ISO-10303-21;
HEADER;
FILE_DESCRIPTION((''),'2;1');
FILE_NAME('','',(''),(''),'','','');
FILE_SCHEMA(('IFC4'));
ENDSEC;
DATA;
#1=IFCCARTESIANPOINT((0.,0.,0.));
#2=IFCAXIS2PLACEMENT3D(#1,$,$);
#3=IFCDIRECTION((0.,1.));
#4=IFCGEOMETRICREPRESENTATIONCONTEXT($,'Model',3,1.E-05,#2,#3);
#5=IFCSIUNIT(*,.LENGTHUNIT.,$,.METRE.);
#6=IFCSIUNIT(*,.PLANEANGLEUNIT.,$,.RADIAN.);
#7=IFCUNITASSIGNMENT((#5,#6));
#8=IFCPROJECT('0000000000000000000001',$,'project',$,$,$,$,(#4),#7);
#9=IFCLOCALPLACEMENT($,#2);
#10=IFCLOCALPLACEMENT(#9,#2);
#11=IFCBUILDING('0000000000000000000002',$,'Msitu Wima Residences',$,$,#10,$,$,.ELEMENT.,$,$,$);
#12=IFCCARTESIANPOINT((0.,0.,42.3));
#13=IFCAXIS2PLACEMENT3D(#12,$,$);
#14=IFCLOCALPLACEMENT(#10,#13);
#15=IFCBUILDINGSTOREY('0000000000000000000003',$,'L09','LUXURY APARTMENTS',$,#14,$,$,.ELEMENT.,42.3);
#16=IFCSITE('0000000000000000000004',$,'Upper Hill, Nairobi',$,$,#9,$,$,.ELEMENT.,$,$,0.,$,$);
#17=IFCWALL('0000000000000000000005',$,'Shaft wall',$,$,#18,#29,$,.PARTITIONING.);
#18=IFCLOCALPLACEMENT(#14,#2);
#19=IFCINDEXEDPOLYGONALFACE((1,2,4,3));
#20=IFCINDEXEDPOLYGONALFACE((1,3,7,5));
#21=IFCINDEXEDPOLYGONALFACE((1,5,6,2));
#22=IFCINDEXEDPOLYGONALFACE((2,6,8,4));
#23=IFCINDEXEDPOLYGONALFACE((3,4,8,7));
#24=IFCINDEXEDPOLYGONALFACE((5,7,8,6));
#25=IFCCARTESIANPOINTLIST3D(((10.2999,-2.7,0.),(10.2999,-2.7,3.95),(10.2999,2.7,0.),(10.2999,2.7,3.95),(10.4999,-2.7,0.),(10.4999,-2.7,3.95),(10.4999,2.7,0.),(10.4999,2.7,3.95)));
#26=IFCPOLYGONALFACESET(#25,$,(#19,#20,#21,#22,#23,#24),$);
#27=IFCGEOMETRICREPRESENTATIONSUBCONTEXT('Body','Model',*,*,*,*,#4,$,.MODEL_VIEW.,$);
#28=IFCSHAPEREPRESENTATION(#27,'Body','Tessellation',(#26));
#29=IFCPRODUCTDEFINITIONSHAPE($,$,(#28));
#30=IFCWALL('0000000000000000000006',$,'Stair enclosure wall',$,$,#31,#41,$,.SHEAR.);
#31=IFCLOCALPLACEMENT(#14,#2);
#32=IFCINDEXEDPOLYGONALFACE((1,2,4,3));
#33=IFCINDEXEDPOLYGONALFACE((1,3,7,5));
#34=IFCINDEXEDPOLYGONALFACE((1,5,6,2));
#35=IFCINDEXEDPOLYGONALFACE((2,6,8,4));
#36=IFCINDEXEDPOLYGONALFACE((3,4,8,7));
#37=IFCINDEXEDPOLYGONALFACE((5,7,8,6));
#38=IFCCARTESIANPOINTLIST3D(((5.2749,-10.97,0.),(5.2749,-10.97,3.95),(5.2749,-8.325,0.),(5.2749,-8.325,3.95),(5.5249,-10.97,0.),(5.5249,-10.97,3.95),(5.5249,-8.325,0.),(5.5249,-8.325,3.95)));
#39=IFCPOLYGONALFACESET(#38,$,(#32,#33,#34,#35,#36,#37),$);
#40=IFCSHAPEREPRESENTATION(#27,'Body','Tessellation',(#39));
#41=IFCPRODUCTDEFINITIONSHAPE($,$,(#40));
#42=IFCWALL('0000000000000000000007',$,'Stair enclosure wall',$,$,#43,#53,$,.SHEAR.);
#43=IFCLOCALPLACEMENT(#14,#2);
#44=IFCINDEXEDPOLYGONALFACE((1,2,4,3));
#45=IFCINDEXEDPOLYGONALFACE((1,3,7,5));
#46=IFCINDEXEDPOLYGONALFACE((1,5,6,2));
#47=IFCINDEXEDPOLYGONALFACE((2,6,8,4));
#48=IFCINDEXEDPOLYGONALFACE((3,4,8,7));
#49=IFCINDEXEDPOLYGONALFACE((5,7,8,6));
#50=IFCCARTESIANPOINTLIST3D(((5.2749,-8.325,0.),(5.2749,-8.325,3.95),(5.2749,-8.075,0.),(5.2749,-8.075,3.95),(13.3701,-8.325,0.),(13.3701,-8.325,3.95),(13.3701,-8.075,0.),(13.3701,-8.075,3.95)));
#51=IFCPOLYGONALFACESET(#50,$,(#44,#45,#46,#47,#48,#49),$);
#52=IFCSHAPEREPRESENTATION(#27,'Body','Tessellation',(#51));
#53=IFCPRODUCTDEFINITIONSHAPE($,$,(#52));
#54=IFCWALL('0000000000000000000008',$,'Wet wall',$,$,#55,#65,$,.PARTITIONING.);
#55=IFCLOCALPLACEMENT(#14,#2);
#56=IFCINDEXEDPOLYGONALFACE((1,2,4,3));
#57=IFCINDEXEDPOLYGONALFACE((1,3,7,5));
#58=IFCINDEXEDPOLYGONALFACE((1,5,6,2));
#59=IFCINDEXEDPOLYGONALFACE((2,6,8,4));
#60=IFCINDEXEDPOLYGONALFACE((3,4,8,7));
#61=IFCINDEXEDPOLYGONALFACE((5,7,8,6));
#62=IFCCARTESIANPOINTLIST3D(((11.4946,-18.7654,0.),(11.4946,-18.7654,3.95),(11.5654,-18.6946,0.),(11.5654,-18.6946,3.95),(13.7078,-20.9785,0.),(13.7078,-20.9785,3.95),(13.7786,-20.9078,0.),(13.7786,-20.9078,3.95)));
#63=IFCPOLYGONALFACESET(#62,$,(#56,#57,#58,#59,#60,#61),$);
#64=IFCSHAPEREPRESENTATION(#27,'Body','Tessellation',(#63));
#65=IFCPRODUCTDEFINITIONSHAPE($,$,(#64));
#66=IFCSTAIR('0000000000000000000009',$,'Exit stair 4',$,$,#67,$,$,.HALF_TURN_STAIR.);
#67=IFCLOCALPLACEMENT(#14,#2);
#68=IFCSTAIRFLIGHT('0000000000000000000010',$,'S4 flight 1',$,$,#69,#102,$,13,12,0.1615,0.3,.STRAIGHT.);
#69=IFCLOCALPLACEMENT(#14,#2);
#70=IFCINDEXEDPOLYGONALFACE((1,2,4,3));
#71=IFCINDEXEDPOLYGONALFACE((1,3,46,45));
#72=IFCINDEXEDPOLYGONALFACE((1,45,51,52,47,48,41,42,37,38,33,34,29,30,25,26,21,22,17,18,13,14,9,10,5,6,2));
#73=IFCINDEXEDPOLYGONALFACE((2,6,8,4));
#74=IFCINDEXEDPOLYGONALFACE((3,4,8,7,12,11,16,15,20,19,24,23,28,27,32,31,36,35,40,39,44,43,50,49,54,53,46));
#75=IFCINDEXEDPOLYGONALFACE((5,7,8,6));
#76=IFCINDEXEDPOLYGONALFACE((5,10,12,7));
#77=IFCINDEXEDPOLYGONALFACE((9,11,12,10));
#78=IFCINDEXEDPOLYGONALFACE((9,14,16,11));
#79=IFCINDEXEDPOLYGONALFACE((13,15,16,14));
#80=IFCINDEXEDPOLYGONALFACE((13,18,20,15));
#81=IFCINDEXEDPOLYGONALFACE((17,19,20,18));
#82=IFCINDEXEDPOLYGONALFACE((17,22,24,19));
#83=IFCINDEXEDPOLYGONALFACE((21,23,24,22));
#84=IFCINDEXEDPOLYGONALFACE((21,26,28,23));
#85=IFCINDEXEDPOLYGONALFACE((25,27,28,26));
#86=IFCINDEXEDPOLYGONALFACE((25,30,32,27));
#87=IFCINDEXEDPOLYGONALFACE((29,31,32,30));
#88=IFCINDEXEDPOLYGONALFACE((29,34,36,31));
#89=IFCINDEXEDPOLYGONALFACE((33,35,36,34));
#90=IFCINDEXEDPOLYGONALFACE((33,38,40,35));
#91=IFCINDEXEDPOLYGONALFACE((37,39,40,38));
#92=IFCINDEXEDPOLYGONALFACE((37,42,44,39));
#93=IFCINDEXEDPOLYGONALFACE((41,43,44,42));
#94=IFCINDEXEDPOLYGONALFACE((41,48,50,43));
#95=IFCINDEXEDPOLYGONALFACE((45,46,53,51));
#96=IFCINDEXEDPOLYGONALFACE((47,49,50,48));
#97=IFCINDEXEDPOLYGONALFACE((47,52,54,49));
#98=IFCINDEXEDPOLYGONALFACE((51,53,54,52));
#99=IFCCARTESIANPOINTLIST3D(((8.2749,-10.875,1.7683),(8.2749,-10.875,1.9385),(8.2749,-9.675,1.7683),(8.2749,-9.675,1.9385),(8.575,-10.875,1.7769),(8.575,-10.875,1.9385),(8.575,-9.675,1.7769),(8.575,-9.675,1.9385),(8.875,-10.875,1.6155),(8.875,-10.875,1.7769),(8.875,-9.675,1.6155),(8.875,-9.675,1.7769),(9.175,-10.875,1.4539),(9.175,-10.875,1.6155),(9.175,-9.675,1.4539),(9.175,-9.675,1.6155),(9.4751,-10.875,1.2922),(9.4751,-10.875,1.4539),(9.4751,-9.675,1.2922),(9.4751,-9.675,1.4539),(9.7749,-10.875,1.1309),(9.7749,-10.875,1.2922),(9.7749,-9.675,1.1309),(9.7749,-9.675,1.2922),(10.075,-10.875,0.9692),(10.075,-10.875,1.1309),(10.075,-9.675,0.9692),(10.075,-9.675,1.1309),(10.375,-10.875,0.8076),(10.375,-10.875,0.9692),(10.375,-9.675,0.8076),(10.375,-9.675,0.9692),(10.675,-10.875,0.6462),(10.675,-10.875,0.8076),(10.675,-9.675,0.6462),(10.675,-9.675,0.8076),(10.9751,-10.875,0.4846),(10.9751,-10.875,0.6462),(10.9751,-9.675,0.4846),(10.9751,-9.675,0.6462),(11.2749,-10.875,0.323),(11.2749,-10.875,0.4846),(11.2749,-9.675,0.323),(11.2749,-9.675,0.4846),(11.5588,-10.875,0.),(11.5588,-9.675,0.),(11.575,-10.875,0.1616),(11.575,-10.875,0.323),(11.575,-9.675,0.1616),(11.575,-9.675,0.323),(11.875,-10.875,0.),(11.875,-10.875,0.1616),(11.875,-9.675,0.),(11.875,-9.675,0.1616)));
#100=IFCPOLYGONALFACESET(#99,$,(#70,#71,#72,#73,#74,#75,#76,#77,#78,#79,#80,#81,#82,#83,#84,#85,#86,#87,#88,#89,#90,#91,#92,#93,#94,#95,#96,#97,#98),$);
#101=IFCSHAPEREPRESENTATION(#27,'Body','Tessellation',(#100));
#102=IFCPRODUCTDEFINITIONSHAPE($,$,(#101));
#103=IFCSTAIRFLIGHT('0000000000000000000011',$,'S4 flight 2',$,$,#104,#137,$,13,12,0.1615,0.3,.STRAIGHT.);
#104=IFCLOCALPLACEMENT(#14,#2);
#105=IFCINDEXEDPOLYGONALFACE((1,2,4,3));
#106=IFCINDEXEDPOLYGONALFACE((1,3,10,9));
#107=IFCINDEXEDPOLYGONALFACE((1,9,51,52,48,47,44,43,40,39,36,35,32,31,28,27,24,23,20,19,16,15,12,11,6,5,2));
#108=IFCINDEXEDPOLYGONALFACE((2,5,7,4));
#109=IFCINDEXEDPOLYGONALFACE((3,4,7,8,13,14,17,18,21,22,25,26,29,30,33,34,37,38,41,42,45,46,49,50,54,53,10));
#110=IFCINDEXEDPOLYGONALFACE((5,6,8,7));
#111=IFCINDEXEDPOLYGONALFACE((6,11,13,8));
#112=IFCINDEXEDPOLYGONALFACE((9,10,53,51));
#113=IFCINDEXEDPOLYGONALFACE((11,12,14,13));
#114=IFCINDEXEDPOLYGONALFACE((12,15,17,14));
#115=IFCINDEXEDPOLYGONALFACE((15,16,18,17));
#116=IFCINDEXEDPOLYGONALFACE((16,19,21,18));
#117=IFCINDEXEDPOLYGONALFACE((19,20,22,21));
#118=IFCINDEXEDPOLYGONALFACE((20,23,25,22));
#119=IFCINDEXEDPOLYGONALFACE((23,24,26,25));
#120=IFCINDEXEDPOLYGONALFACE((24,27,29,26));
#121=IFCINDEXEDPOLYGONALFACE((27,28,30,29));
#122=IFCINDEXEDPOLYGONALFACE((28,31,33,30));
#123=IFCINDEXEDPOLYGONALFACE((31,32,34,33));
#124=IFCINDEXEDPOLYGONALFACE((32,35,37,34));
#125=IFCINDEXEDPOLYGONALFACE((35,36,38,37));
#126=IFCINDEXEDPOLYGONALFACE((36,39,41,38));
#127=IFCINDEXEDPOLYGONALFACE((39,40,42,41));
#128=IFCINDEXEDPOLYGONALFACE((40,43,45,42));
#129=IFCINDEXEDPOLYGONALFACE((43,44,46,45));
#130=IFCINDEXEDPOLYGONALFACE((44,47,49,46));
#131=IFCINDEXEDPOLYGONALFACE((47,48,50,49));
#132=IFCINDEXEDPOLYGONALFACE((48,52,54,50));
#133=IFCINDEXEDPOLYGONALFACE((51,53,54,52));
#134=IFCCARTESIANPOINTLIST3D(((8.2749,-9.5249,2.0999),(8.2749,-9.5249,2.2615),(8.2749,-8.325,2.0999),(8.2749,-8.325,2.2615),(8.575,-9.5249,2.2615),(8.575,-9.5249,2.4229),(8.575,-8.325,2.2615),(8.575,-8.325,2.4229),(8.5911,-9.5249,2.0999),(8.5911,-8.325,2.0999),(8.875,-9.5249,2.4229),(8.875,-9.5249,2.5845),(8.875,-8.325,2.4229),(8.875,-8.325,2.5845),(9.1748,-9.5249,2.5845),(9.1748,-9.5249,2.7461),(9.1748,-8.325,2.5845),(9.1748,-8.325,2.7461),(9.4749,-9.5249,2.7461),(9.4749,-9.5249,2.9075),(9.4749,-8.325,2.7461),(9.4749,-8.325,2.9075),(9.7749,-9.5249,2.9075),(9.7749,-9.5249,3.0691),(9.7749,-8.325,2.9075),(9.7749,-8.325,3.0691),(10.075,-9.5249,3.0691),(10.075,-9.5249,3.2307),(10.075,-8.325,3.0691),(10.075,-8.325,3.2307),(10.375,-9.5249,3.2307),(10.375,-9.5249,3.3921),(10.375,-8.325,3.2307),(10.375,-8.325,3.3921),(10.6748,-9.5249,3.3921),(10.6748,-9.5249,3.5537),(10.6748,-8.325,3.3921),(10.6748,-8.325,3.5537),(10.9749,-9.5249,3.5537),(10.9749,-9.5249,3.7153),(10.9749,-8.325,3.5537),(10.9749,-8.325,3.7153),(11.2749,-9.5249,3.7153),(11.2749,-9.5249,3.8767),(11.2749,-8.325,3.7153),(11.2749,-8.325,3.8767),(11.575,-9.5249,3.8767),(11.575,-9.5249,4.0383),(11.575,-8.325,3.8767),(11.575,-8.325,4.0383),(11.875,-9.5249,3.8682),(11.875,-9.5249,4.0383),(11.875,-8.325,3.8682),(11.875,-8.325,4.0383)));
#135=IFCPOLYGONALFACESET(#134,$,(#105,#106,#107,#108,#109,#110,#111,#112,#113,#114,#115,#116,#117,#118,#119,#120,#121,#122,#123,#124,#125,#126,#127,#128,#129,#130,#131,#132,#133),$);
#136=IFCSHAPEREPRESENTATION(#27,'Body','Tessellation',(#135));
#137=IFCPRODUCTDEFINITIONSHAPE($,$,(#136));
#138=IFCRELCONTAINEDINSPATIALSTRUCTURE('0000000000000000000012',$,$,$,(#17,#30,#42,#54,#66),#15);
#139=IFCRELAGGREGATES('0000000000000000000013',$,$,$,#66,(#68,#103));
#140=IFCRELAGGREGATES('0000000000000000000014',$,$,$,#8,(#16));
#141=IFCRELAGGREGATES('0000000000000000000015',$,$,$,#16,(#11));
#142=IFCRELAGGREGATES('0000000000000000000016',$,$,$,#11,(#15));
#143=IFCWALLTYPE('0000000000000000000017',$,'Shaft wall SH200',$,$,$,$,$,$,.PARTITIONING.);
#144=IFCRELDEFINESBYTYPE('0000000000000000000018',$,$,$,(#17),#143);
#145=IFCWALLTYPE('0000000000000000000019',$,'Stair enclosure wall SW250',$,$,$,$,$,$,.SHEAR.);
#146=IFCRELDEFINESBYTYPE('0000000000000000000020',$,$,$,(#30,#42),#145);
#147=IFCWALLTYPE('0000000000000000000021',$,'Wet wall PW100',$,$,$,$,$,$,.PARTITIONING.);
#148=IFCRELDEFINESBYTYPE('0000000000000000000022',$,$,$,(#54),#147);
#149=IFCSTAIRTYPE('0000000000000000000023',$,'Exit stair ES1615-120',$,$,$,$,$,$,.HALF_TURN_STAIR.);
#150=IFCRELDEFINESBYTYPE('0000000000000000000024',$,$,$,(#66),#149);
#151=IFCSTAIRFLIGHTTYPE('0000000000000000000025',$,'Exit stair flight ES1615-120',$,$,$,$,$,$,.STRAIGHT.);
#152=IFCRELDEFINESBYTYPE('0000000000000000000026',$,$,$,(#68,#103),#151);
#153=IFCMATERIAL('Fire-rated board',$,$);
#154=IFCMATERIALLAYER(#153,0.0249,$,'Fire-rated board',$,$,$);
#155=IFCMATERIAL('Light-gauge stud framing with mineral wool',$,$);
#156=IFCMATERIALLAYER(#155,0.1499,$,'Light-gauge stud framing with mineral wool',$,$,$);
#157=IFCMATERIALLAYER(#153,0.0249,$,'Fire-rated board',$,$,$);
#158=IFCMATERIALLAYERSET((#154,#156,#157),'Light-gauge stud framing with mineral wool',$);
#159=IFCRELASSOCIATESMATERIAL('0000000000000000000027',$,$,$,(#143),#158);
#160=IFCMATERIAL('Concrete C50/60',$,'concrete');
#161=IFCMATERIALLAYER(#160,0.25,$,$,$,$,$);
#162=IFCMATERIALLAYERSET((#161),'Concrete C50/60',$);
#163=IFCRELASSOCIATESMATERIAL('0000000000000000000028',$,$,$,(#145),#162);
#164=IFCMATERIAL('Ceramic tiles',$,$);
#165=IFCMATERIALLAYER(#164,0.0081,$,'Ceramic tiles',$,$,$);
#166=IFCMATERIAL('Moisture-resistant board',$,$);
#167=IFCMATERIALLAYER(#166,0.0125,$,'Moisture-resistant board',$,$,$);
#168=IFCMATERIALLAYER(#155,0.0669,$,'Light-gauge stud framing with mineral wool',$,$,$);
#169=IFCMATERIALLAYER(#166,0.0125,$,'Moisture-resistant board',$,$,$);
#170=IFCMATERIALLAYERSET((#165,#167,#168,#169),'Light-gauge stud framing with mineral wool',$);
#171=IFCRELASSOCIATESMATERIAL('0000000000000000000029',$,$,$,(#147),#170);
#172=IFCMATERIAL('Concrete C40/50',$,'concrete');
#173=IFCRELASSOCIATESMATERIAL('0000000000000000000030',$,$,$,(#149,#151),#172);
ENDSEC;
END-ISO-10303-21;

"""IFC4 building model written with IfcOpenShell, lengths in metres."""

from ifc_helpers import new_model, si_unit, direction, frame, frame_2d, origin, place, context, subcontext, project, spatial, polyline, rectangle, outline, extrude, material, layer, layer_set, type_object, element, aggregate, save


model = new_model("IFC4")

# Units and contexts
model_context = context("Model", 3, precision=1e-05, world=origin(), true_north=direction((0.0, 1.0)))
body_context = subcontext(model_context, "Body", "Model", "MODEL_VIEW")
ifc_project = project(units=[si_unit("LENGTHUNIT", "METRE"), si_unit("PLANEANGLEUNIT", "RADIAN")], contexts=[model_context])

# Site, building, storey
site_placement = place(None, origin())
site = spatial("IfcSite", under=ifc_project, at=site_placement, Name="Upper Hill, Nairobi", CompositionType="ELEMENT", RefElevation=0.0)
building_placement = place(site_placement, origin())
building = spatial("IfcBuilding", under=site, at=building_placement, Name="Msitu Wima Residences", CompositionType="ELEMENT")
storey_placement = place(building_placement, frame((0.0, 0.0, 42.3)))
storey = spatial("IfcBuildingStorey", under=building, at=storey_placement, Name="L09", Description="LUXURY APARTMENTS", CompositionType="ELEMENT", Elevation=42.3)

# Shared definitions
ifc_material_1 = material(Name="Concrete C40/50", Category="concrete")

# Walls
ifc_material_2 = material(Name="Fire-rated board")
ifc_layer_1 = layer(ifc_material_2, 0.0249, Name="Fire-rated board")
ifc_material_3 = material(Name="Light-gauge stud framing with mineral wool")
ifc_layer_2 = layer(ifc_material_3, 0.1499, Name="Light-gauge stud framing with mineral wool")
ifc_layer_3 = layer(ifc_material_2, 0.0249, Name="Fire-rated board")
ifc_layer_set_1 = layer_set([ifc_layer_1, ifc_layer_2, ifc_layer_3], Name="Light-gauge stud framing with mineral wool")
wall_type_1 = type_object("IfcWallType", Name="Shaft wall SH200", PredefinedType="PARTITIONING", material=ifc_layer_set_1)
wall_1_placement = place(storey_placement, frame((10.3999, -2.7, 0.0), z_axis=(0.0, 0.0, 1.0), x_axis=(0.0, 1.0, 0.0)))
element("IfcWall", 1, at=wall_1_placement, inside=storey, type_object=wall_type_1, Name="Shaft wall", PredefinedType="PARTITIONING", context=body_context, shape_type="SweptSolid", body=[
    extrude(rectangle(XDim=5.3999, YDim=0.2, at=frame_2d((2.7, 0.0))), origin(), (0.0, 0.0, 1.0), 3.95),
])
ifc_material_4 = material(Name="Concrete C50/60", Category="concrete")
ifc_layer_4 = layer(ifc_material_4, 0.25)
ifc_layer_set_2 = layer_set([ifc_layer_4], Name="Concrete C50/60")
wall_type_2 = type_object("IfcWallType", Name="Stair enclosure wall SW250", PredefinedType="SHEAR", material=ifc_layer_set_2)
wall_2_placement = place(storey_placement, frame((5.3999, -10.97, 0.0), z_axis=(0.0, 0.0, 1.0), x_axis=(0.0, 1.0, 0.0)))
element("IfcWall", 2, at=wall_2_placement, inside=storey, type_object=wall_type_2, Name="Stair enclosure wall", PredefinedType="SHEAR", context=body_context, shape_type="SweptSolid", body=[
    extrude(rectangle(XDim=2.645, YDim=0.25, at=frame_2d((1.3225, 0.0))), origin(), (0.0, 0.0, 1.0), 3.95),
])
wall_3_placement = place(storey_placement, frame((5.2749, -8.2, 0.0), z_axis=(0.0, 0.0, 1.0), x_axis=(1.0, 0.0, 0.0)))
element("IfcWall", 3, at=wall_3_placement, inside=storey, type_object=wall_type_2, Name="Stair enclosure wall", PredefinedType="SHEAR", context=body_context, shape_type="SweptSolid", body=[
    extrude(rectangle(XDim=8.0952, YDim=0.25, at=frame_2d((4.0476, 0.0))), origin(), (0.0, 0.0, 1.0), 3.95),
])
ifc_material_5 = material(Name="Ceramic tiles")
ifc_layer_5 = layer(ifc_material_5, 0.0081, Name="Ceramic tiles")
ifc_material_6 = material(Name="Moisture-resistant board")
ifc_layer_6 = layer(ifc_material_6, 0.0125, Name="Moisture-resistant board")
ifc_layer_7 = layer(ifc_material_3, 0.0669, Name="Light-gauge stud framing with mineral wool")
ifc_layer_8 = layer(ifc_material_6, 0.0125, Name="Moisture-resistant board")
ifc_layer_set_3 = layer_set([ifc_layer_5, ifc_layer_6, ifc_layer_7, ifc_layer_8], Name="Light-gauge stud framing with mineral wool")
wall_type_3 = type_object("IfcWallType", Name="Wet wall PW100", PredefinedType="PARTITIONING", material=ifc_layer_set_3)
wall_4_placement = place(storey_placement, frame((11.53, -18.73, 0.0), z_axis=(0.0, 0.0, 1.0), x_axis=(0.707107, -0.707107, 0.0)))
element("IfcWall", 4, at=wall_4_placement, inside=storey, type_object=wall_type_3, Name="Wet wall", PredefinedType="PARTITIONING", context=body_context, shape_type="SweptSolid", body=[
    extrude(rectangle(XDim=3.1299, YDim=0.1001, at=frame_2d((1.5649, 0.0))), origin(), (0.0, 0.0, 1.0), 3.95),
])

# Stair, stair flights
stair_type = type_object("IfcStairType", Name="Exit stair ES1615-120", PredefinedType="HALF_TURN_STAIR", material=ifc_material_1)
stair_placement = place(storey_placement, origin())
stair = element("IfcStair", 5, at=stair_placement, inside=storey, type_object=stair_type, Name="Exit stair 4", PredefinedType="HALF_TURN_STAIR")
stair_flight_type = type_object("IfcStairFlightType", Name="Exit stair flight ES1615-120", PredefinedType="STRAIGHT", material=ifc_material_1)
stair_flight_1_placement = place(storey_placement, frame((11.875, -10.2749, 0.0), z_axis=(0.0, 0.0, 1.0), x_axis=(-1.0, 0.0, 0.0)))
stair_flight_1 = element("IfcStairFlight", 6, at=stair_flight_1_placement, type_object=stair_flight_type, Name="S4 flight 1", NumberOfRisers=13, NumberOfTreads=12, PredefinedType="STRAIGHT", RiserHeight=0.1615, TreadLength=0.3, context=body_context, shape_type="SweptSolid", body=[
    extrude(outline(polyline([(0.0, 0.0), (0.0, 0.1616), (0.3, 0.1616), (0.3, 0.323), (0.6001, 0.323), (0.6001, 0.4846), (0.8999, 0.4846), (0.8999, 0.6462), (1.2, 0.6462), (1.2, 0.8076), (1.5, 0.8076), (1.5, 0.9692), (1.8, 0.9692), (1.8, 1.1309), (2.1001, 1.1309), (2.1001, 1.2922), (2.3999, 1.2922), (2.3999, 1.4539), (2.7, 1.4539), (2.7, 1.6155), (3.0, 1.6155), (3.0, 1.7769), (3.3, 1.7769), (3.3, 1.9385), (3.6001, 1.9385), (3.6001, 2.1001), (3.6001, 1.7683), (0.3162, 0.0), (0.0, 0.0)])), frame((0.0, 0.6001, 0.0), z_axis=(0.0, -1.0, 0.0), x_axis=(1.0, 0.0, 0.0)), (0.0, 0.0, 1.0), 1.2),
])
stair_flight_2_placement = place(storey_placement, frame((8.2749, -8.925, 2.0999), z_axis=(0.0, 0.0, 1.0), x_axis=(1.0, 0.0, 0.0)))
stair_flight_2 = element("IfcStairFlight", 7, at=stair_flight_2_placement, type_object=stair_flight_type, Name="S4 flight 2", NumberOfRisers=13, NumberOfTreads=12, PredefinedType="STRAIGHT", RiserHeight=0.1615, TreadLength=0.3, context=body_context, shape_type="SweptSolid", body=[
    extrude(outline(polyline([(0.0, 0.0), (0.0, 0.1616), (0.3, 0.1616), (0.3, 0.323), (0.6001, 0.323), (0.6001, 0.4846), (0.8999, 0.4846), (0.8999, 0.6462), (1.2, 0.6462), (1.2, 0.8076), (1.5, 0.8076), (1.5, 0.9692), (1.8, 0.9692), (1.8, 1.1309), (2.1001, 1.1309), (2.1001, 1.2922), (2.3999, 1.2922), (2.3999, 1.4539), (2.7, 1.4539), (2.7, 1.6155), (3.0, 1.6155), (3.0, 1.7769), (3.3, 1.7769), (3.3, 1.9385), (3.6001, 1.9385), (3.6001, 2.1001), (3.6001, 1.7683), (0.3162, 0.0), (0.0, 0.0)])), frame((0.0, 0.6001, 0.0), z_axis=(0.0, -1.0, 0.0), x_axis=(1.0, 0.0, 0.0)), (0.0, 0.0, 1.0), 1.2),
])
aggregate(stair, [stair_flight_1, stair_flight_2])

save(model, "model.ifc")
